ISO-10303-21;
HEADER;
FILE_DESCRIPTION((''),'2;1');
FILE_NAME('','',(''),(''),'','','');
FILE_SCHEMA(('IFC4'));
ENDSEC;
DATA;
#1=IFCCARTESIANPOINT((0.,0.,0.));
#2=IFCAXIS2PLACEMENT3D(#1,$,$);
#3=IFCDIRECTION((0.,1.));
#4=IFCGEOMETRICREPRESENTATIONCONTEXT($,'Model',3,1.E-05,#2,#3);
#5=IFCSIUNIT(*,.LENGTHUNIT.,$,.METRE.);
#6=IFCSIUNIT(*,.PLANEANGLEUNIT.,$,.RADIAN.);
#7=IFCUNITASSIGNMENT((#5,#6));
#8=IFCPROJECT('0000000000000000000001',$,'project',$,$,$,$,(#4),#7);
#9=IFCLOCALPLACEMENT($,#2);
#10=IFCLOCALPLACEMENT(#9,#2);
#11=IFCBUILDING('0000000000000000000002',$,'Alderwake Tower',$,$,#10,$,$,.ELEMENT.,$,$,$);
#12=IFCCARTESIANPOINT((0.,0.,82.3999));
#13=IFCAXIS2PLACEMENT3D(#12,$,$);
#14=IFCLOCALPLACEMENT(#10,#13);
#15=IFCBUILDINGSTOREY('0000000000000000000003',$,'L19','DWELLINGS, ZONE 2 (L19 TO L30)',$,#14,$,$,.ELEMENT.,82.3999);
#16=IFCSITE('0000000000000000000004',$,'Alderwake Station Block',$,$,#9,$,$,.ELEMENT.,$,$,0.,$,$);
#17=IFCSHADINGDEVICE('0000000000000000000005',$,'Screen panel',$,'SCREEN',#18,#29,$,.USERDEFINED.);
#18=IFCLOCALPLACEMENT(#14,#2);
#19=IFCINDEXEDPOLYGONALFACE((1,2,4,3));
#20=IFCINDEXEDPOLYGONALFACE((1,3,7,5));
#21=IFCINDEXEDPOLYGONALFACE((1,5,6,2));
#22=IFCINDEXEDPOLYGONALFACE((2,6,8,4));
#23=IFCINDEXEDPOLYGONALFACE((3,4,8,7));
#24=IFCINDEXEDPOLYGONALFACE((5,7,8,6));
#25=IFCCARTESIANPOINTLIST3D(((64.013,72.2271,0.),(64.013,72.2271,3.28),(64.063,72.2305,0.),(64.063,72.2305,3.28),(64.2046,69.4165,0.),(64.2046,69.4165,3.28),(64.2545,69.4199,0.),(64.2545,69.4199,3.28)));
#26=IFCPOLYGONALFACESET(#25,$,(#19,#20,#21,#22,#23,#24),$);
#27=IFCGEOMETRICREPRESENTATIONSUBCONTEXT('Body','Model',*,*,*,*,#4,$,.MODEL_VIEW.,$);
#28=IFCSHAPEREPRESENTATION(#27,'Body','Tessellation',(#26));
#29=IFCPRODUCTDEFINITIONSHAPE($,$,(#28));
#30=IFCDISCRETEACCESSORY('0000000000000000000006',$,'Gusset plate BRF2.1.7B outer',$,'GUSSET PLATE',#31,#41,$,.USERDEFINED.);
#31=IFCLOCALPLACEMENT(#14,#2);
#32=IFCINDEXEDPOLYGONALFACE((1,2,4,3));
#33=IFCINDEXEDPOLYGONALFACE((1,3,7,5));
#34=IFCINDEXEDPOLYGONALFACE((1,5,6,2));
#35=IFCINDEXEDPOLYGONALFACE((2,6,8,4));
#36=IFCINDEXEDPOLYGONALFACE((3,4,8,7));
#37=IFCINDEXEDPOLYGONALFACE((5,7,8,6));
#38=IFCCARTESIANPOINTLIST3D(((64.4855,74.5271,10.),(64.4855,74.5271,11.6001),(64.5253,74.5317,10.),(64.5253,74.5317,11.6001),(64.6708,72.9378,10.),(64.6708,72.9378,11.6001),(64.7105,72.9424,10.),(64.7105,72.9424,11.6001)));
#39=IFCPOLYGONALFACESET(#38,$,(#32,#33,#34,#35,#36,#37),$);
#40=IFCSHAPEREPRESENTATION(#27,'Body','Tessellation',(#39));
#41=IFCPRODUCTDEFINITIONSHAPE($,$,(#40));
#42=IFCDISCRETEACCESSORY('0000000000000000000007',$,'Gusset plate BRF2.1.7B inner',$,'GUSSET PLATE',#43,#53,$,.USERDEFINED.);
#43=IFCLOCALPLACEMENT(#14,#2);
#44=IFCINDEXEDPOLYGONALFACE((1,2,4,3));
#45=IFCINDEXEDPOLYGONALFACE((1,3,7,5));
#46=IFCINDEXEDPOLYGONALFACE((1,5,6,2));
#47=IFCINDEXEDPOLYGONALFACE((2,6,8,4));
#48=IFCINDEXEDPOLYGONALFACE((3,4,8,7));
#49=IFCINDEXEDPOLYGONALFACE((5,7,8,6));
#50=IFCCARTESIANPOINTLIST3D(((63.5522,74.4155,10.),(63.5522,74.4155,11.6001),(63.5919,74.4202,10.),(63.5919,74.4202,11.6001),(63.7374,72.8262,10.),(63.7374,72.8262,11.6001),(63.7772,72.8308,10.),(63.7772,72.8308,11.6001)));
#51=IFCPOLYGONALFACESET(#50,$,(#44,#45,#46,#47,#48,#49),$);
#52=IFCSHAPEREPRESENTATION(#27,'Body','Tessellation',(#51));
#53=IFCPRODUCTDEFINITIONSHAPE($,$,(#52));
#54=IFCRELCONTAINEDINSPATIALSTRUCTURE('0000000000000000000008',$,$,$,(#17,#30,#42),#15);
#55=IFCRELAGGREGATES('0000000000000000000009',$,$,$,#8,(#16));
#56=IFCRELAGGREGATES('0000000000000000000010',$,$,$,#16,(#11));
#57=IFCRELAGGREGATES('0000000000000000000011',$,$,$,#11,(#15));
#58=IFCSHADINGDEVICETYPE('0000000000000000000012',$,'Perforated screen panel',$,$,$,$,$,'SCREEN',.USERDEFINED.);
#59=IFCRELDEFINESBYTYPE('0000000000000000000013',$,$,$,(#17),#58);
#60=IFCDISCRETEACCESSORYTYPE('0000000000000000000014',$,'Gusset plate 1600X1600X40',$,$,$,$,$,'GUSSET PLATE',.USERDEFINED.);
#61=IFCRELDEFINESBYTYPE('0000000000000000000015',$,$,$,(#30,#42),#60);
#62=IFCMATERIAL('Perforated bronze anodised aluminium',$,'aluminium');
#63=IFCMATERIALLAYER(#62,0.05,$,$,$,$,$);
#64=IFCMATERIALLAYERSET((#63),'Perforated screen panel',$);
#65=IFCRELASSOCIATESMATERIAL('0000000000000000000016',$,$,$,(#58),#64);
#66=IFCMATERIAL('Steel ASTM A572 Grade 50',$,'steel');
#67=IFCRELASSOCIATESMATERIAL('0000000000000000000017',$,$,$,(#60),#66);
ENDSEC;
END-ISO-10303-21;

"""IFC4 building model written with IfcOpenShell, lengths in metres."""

from ifc_helpers import new_model, si_unit, direction, frame, origin, origin_2d, place, context, subcontext, project, spatial, rectangle, extrude, material, layer, layer_set, material_profile, profile_set, type_object, element, save


model = new_model("IFC4")

# Units and contexts
model_context = context("Model", 3, precision=1e-05, world=origin(), true_north=direction((0.0, 1.0)))
body_context = subcontext(model_context, "Body", "Model", "MODEL_VIEW")
ifc_project = project(units=[si_unit("LENGTHUNIT", "METRE"), si_unit("PLANEANGLEUNIT", "RADIAN")], contexts=[model_context])

# Site, building, storey
site_placement = place(None, origin())
site = spatial("IfcSite", under=ifc_project, at=site_placement, Name="Alderwake Station Block", CompositionType="ELEMENT", RefElevation=0.0)
building_placement = place(site_placement, origin())
building = spatial("IfcBuilding", under=site, at=building_placement, Name="Alderwake Tower", CompositionType="ELEMENT")
storey_placement = place(building_placement, frame((0.0, 0.0, 82.3999)))
storey = spatial("IfcBuildingStorey", under=building, at=storey_placement, Name="L19", Description="DWELLINGS, ZONE 2 (L19 TO L30)", CompositionType="ELEMENT", Elevation=82.3999)

# Shading device
ifc_material_1 = material(Name="Perforated bronze anodised aluminium", Category="aluminium")
ifc_layer_1 = layer(ifc_material_1, 0.05)
ifc_layer_set_1 = layer_set([ifc_layer_1], Name="Perforated screen panel")
shading_device_type_1 = type_object("IfcShadingDeviceType", Name="Perforated screen panel", ElementType="SCREEN", PredefinedType="USERDEFINED", material=ifc_layer_set_1)
shading_device_placement = place(storey_placement, frame((64.1338, 70.8235, 0.0), z_axis=(0.0, 0.0, 1.0), x_axis=(0.997685, 0.067998, 0.0)))
element("IfcShadingDevice", 1, at=shading_device_placement, inside=storey, type_object=shading_device_type_1, Name="Screen panel", ObjectType="SCREEN", PredefinedType="USERDEFINED", context=body_context, shape_type="SweptSolid", body=[
    extrude(rectangle(XDim=0.05, YDim=2.8171, at=origin_2d()), origin(), (0.0, 0.0, 1.0), 3.28),
])

# Discrete accessories
ifc_material_2 = material(Name="Steel ASTM A572 Grade 50", Category="steel")
ifc_material_profile_1 = material_profile(ifc_material_2, rectangle(XDim=1.6001, YDim=1.6001, at=origin_2d()), Name="gusset 1600X1600")
ifc_profile_set_1 = profile_set([ifc_material_profile_1], Name="Steel ASTM A572 Grade 50")
discrete_accessory_type = type_object("IfcDiscreteAccessoryType", Name="Gusset plate 1600X1600X40", ElementType="GUSSET PLATE", PredefinedType="USERDEFINED", material=ifc_profile_set_1)
for number, where, z_axis, x_axis, name in (
    (2, (64.5781, 73.7324, 10.8), (0.993275, 0.115781, 0.0), (-0.115781, 0.993275, 0.0), "Gusset plate BRF2.1.7B outer"),
    (3, (63.6846, 73.6255, 10.8), (-0.993275, -0.115781, 0.0), (0.115781, -0.993275, 0.0), "Gusset plate BRF2.1.7B inner"),
):
    element("IfcDiscreteAccessory", number, at=place(storey_placement, frame(where, z_axis=z_axis, x_axis=x_axis)), inside=storey, type_object=discrete_accessory_type, Name=name, ObjectType="GUSSET PLATE", PredefinedType="USERDEFINED", context=body_context, shape_type="SweptSolid", body=[
        extrude(rectangle(XDim=1.6001, YDim=1.6001, at=origin_2d()), origin(), (0.0, 0.0, 1.0), 0.04),
    ])

save(model, "model.ifc")
